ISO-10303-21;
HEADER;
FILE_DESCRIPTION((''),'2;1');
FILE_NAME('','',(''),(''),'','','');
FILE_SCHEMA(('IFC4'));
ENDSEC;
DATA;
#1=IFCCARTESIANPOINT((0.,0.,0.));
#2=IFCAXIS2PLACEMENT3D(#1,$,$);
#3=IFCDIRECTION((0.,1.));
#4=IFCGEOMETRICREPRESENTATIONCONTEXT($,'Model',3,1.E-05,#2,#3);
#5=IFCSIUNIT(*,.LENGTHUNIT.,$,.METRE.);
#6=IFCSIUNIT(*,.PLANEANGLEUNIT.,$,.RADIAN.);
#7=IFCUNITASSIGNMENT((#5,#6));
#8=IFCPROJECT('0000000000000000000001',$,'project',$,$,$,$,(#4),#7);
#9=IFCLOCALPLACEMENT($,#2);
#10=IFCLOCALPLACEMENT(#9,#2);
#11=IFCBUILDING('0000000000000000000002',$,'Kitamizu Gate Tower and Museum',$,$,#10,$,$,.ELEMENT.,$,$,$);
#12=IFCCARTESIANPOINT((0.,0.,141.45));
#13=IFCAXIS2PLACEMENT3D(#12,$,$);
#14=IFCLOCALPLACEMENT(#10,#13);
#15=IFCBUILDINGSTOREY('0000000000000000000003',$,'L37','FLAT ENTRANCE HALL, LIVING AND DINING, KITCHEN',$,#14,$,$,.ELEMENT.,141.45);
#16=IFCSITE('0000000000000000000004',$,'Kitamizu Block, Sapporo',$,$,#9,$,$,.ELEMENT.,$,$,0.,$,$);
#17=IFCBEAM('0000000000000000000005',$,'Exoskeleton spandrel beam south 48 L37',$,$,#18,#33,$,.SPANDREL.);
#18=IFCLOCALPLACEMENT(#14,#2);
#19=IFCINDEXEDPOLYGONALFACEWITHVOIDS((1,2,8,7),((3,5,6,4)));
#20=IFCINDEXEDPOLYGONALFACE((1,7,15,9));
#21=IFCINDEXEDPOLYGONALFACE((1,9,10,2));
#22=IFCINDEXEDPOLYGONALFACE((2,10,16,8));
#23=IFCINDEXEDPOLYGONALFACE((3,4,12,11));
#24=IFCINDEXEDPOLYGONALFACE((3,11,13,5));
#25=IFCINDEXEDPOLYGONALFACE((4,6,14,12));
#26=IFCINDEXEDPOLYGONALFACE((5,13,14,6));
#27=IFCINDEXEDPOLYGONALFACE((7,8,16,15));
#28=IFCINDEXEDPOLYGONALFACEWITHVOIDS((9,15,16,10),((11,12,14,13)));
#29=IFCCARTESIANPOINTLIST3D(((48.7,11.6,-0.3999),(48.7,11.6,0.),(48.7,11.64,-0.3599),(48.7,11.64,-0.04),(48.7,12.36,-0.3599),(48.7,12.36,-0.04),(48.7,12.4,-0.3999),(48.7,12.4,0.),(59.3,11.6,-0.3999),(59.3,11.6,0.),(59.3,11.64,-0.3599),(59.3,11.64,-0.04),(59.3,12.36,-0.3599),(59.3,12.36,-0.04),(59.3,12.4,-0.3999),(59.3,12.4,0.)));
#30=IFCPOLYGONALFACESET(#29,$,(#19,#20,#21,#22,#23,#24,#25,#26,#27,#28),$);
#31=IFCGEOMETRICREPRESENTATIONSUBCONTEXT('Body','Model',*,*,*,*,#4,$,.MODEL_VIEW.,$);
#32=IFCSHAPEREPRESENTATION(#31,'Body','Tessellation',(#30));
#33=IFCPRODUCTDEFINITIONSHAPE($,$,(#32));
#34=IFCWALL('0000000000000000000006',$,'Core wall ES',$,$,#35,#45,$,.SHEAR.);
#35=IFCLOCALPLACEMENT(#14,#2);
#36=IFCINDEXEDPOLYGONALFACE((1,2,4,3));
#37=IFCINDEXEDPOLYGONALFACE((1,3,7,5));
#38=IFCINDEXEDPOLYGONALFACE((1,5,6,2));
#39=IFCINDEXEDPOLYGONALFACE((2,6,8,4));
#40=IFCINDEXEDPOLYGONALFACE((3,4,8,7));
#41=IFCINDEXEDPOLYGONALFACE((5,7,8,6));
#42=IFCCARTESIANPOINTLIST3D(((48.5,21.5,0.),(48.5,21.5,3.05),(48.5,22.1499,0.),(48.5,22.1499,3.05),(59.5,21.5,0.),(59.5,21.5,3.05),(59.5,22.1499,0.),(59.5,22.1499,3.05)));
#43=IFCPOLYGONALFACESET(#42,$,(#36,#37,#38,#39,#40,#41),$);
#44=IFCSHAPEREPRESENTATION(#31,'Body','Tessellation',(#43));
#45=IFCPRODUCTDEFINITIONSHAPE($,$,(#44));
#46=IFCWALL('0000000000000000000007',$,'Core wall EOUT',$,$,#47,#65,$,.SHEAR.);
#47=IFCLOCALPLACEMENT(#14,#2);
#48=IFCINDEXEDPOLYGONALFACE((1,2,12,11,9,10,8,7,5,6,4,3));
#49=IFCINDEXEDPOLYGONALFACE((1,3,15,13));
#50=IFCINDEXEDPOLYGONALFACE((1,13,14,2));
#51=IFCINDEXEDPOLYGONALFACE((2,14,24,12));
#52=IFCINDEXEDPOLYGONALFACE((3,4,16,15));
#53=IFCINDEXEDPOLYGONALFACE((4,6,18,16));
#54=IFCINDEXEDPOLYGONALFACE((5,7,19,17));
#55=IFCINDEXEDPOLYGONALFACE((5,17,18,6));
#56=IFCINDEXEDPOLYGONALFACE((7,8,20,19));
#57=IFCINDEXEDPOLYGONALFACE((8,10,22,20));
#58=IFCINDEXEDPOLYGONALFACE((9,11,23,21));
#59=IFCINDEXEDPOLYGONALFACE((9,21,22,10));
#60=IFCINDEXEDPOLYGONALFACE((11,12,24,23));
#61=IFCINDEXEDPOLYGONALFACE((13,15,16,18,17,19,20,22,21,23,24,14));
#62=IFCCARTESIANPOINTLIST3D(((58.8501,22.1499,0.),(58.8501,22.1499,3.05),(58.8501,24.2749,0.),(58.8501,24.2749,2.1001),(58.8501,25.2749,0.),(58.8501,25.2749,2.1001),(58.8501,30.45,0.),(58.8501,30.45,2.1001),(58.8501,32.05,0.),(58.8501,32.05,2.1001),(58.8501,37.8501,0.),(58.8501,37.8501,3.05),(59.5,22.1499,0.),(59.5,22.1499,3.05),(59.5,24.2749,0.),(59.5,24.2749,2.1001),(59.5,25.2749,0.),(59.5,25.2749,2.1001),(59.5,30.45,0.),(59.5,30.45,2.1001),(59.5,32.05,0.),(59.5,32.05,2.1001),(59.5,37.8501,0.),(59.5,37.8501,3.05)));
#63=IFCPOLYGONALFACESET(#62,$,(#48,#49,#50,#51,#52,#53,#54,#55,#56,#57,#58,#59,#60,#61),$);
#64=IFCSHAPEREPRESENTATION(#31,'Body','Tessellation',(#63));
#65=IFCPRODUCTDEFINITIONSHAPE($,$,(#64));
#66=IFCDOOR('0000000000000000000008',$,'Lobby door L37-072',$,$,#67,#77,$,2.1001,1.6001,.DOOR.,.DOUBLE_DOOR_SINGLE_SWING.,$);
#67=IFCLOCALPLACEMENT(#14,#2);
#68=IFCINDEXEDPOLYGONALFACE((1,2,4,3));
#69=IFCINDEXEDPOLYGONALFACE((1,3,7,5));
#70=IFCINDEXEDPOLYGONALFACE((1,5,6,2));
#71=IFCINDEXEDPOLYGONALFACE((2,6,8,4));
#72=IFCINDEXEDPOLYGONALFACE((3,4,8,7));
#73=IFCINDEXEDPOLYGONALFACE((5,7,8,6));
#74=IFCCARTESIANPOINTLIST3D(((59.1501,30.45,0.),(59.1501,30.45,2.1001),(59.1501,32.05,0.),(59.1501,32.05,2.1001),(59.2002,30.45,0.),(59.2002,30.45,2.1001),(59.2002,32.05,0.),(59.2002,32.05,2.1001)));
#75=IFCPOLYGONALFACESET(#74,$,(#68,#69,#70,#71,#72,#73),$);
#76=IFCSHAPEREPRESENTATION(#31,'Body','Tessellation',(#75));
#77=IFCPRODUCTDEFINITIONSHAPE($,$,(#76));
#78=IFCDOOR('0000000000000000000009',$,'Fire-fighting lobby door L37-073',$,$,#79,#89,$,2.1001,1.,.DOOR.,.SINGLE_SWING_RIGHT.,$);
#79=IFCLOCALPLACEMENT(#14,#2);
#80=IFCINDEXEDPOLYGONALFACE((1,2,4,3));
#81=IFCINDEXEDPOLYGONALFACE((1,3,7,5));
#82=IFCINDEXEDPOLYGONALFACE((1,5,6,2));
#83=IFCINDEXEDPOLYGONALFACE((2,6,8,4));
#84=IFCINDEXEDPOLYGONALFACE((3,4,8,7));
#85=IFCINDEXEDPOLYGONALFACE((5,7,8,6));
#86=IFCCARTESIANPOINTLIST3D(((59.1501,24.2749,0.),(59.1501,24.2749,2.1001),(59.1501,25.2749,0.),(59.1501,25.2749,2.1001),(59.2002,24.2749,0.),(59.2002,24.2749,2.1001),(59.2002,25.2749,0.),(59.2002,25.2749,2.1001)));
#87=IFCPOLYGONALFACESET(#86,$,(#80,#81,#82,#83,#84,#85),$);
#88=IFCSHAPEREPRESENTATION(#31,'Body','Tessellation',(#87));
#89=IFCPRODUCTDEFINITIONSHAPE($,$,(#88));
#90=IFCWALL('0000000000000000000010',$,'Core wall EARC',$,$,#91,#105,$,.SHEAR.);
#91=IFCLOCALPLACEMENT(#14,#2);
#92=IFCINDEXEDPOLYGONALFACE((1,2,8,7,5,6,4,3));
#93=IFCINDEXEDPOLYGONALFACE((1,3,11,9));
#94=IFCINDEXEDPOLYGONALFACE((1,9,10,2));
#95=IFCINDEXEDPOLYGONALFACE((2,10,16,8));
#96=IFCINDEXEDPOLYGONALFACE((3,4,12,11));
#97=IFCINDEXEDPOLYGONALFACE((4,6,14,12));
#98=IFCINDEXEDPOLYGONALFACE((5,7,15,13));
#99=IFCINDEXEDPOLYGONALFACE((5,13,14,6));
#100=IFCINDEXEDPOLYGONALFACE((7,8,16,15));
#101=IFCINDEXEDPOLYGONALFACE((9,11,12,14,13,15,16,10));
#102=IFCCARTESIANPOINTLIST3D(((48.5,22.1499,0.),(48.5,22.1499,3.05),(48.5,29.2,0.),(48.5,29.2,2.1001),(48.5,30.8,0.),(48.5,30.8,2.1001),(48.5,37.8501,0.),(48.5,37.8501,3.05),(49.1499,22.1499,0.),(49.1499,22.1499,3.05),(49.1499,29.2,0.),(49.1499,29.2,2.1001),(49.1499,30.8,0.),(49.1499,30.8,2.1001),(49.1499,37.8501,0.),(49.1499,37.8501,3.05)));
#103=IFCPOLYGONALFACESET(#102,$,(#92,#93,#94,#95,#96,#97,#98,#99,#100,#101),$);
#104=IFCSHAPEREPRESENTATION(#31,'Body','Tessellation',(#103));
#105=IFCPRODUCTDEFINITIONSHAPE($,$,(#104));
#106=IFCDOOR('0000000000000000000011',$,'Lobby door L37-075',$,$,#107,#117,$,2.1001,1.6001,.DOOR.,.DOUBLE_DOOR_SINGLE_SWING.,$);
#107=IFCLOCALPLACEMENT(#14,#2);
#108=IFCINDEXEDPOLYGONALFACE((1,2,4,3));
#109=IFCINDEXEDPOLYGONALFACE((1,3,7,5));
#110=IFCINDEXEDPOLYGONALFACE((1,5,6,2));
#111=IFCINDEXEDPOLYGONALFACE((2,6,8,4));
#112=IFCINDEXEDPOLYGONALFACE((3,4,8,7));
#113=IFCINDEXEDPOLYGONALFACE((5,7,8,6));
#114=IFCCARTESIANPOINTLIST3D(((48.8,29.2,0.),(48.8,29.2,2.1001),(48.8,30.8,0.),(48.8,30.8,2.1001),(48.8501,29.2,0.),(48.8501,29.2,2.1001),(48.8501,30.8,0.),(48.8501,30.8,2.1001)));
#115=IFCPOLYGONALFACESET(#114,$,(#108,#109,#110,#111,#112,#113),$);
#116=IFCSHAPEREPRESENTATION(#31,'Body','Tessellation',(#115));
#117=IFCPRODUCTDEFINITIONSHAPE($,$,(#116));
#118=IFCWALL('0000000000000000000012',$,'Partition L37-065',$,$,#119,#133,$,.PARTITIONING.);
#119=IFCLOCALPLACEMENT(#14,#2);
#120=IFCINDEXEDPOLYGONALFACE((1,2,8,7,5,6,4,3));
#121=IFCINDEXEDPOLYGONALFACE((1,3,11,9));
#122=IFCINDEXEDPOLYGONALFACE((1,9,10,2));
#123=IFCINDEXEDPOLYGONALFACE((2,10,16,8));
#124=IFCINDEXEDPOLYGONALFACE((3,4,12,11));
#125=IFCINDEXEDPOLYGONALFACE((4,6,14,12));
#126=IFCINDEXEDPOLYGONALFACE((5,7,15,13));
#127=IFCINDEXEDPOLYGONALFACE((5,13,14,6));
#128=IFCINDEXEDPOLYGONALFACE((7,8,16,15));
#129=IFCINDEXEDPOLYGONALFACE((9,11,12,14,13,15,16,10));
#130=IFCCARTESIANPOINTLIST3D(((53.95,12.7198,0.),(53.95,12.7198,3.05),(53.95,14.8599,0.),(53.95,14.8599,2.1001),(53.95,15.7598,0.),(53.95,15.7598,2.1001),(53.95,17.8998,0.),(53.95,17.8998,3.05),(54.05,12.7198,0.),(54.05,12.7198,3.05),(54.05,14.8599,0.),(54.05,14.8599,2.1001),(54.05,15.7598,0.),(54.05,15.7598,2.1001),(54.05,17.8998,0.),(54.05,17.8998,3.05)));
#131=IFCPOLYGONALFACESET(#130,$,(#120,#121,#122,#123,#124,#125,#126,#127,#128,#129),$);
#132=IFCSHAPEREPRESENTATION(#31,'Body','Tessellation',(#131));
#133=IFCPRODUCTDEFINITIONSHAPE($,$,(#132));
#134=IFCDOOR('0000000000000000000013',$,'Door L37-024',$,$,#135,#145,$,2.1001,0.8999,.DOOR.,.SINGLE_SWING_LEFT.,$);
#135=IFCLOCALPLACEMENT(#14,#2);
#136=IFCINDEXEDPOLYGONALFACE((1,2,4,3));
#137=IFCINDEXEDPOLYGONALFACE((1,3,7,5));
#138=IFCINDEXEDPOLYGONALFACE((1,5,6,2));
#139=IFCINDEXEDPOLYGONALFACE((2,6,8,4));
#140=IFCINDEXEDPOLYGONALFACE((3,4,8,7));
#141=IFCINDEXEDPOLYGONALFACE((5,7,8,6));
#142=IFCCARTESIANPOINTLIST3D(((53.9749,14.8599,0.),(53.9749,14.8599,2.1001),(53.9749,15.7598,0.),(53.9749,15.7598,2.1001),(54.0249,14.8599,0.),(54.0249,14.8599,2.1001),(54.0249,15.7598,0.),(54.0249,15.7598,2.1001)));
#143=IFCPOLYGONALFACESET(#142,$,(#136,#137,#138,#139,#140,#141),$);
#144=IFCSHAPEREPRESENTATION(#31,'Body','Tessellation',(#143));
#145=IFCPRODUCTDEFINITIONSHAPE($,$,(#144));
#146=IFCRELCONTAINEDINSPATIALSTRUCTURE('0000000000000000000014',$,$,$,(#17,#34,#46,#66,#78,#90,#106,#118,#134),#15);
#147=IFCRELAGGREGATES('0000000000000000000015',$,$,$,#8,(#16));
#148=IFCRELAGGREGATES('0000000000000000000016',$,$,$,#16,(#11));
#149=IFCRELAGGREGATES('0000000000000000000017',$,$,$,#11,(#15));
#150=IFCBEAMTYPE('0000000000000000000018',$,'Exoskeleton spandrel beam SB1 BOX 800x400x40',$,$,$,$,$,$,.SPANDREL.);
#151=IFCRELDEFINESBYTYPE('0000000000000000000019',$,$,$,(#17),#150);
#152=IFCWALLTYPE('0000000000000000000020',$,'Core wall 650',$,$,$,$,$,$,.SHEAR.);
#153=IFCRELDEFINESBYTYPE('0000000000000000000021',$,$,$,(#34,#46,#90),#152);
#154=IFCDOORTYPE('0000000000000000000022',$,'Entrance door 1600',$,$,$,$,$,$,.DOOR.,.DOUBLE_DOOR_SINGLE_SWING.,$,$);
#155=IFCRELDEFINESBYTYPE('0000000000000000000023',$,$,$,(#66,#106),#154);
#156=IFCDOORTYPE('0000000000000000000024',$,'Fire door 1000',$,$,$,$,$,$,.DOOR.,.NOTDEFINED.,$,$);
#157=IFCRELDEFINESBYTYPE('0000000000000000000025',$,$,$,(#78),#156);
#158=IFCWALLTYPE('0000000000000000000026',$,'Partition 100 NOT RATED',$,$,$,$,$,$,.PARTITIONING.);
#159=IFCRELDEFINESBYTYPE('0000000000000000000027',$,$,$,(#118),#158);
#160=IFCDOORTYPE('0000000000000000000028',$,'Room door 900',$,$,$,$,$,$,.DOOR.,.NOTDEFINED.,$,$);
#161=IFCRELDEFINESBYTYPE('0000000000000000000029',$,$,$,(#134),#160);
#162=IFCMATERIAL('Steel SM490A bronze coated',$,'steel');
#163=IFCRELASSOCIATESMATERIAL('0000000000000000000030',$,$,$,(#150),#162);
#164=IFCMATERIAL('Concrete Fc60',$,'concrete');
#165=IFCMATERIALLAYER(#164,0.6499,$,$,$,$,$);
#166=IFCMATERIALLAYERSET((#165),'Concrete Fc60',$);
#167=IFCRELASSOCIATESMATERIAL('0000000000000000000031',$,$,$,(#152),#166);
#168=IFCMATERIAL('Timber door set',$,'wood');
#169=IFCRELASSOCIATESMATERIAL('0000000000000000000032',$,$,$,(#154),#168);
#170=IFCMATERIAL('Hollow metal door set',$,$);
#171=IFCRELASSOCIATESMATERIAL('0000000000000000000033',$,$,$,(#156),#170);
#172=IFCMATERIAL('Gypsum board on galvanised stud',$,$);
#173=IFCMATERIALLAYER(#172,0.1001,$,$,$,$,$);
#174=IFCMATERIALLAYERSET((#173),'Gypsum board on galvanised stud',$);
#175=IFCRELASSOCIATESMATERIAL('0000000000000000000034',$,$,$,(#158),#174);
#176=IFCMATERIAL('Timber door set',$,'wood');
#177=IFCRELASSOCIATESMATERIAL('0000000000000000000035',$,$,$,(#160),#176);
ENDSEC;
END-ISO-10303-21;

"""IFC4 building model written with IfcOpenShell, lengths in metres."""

from ifc_helpers import new_model, si_unit, direction, frame, frame_2d, origin, origin_2d, place, context, subcontext, project, spatial, rectangle, hollow_rectangle, extrude, material, layer, layer_set, material_profile, profile_set, type_object, element, fill, save


model = new_model("IFC4")

# Units and contexts
model_context = context("Model", 3, precision=1e-05, world=origin(), true_north=direction((0.0, 1.0)))
body_context = subcontext(model_context, "Body", "Model", "MODEL_VIEW")
ifc_project = project(units=[si_unit("LENGTHUNIT", "METRE"), si_unit("PLANEANGLEUNIT", "RADIAN")], contexts=[model_context])

# Site, building, storey
site_placement = place(None, origin())
site = spatial("IfcSite", under=ifc_project, at=site_placement, Name="Kitamizu Block, Sapporo", CompositionType="ELEMENT", RefElevation=0.0)
building_placement = place(site_placement, origin())
building = spatial("IfcBuilding", under=site, at=building_placement, Name="Kitamizu Gate Tower and Museum", CompositionType="ELEMENT")
storey_placement = place(building_placement, frame((0.0, 0.0, 141.45)))
storey = spatial("IfcBuildingStorey", under=building, at=storey_placement, Name="L37", Description="FLAT ENTRANCE HALL, LIVING AND DINING, KITCHEN", CompositionType="ELEMENT", Elevation=141.45)

# Beam
ifc_material_1 = material(Name="Steel SM490A bronze coated", Category="steel")
ifc_material_profile = material_profile(ifc_material_1, hollow_rectangle(XDim=0.8, YDim=0.3999, WallThickness=0.04, at=origin_2d()), Name="BOX 800x400x40")
ifc_profile_set = profile_set([ifc_material_profile], Name="Steel SM490A bronze coated")
beam_type = type_object("IfcBeamType", Name="Exoskeleton spandrel beam SB1 BOX 800x400x40", PredefinedType="SPANDREL", material=ifc_profile_set)
beam_placement = place(storey_placement, frame((48.7, 12.0, -0.2), z_axis=(1.0, 0.0, 0.0), x_axis=(0.0, 1.0, 0.0)))
element("IfcBeam", 1, at=beam_placement, inside=storey, type_object=beam_type, Name="Exoskeleton spandrel beam south 48 L37", PredefinedType="SPANDREL", context=body_context, shape_type="SweptSolid", body=[
    extrude(hollow_rectangle(XDim=0.8, YDim=0.3999, WallThickness=0.04, at=origin_2d()), origin(), (0.0, 0.0, 1.0), 10.6001),
])

# Wall
ifc_material_2 = material(Name="Concrete Fc60", Category="concrete")
ifc_layer_1 = layer(ifc_material_2, 0.6499)
ifc_layer_set_1 = layer_set([ifc_layer_1], Name="Concrete Fc60")
wall_type_1 = type_object("IfcWallType", Name="Core wall 650", PredefinedType="SHEAR", material=ifc_layer_set_1)
wall_1_placement = place(storey_placement, frame((59.5, 21.825, 0.0), z_axis=(0.0, 0.0, 1.0), x_axis=(-1.0, 0.0, 0.0)))
element("IfcWall", 2, at=wall_1_placement, inside=storey, type_object=wall_type_1, Name="Core wall ES", PredefinedType="SHEAR", context=body_context, shape_type="SweptSolid", body=[
    extrude(rectangle(XDim=11.0, YDim=0.6499, at=frame_2d((5.5, 0.0))), origin(), (0.0, 0.0, 1.0), 3.05),
])

# Wall, openings, doors
wall_2_placement = place(storey_placement, frame((59.175, 22.1499, 0.0), z_axis=(0.0, 0.0, 1.0), x_axis=(0.0, 1.0, 0.0)))
wall_2 = element("IfcWall", 3, at=wall_2_placement, inside=storey, type_object=wall_type_1, Name="Core wall EOUT", PredefinedType="SHEAR", context=body_context, shape_type="SweptSolid", body=[
    extrude(rectangle(XDim=15.7002, YDim=0.6499, at=frame_2d((7.8501, 0.0))), origin(), (0.0, 0.0, 1.0), 3.05),
])
opening_1_placement = place(wall_2_placement, frame((8.3, 0.0, 0.0)))
opening_1 = element("IfcOpeningElement", 4, at=opening_1_placement, cuts=wall_2, PredefinedType="OPENING", context=body_context, shape_type="SweptSolid", body=[
    extrude(rectangle(XDim=1.6001, YDim=2.1001, at=frame_2d((0.8, 1.05))), frame((0.0, 0.335, 0.0), z_axis=(0.0, -1.0, 0.0), x_axis=(1.0, 0.0, 0.0)), (0.0, 0.0, 1.0), 0.6699),
])
opening_2_placement = place(wall_2_placement, frame((2.125, 0.0, 0.0)))
opening_2 = element("IfcOpeningElement", 5, at=opening_2_placement, cuts=wall_2, PredefinedType="OPENING", context=body_context, shape_type="SweptSolid", body=[
    extrude(rectangle(XDim=1.0, YDim=2.1001, at=frame_2d((0.5, 1.05))), frame((0.0, 0.335, 0.0), z_axis=(0.0, -1.0, 0.0), x_axis=(1.0, 0.0, 0.0)), (0.0, 0.0, 1.0), 0.6699),
])
ifc_material_3 = material(Name="Timber door set", Category="wood")
door_type_1 = type_object("IfcDoorType", Name="Entrance door 1600", OperationType="DOUBLE_DOOR_SINGLE_SWING", PredefinedType="DOOR", material=ifc_material_3)
door_1_placement = place(opening_1_placement, origin())
door_1 = element("IfcDoor", 6, at=door_1_placement, inside=storey, type_object=door_type_1, Name="Lobby door L37-072", OperationType="DOUBLE_DOOR_SINGLE_SWING", OverallHeight=2.1001, OverallWidth=1.6001, PredefinedType="DOOR", context=body_context, shape_type="SweptSolid", body=[
    extrude(rectangle(XDim=1.6001, YDim=2.1001, at=frame_2d((0.8, 1.05))), frame((0.0, 0.0249, 0.0), z_axis=(0.0, -1.0, 0.0), x_axis=(1.0, 0.0, 0.0)), (0.0, 0.0, 1.0), 0.05),
])
fill(opening_1, door_1)
ifc_material_4 = material(Name="Hollow metal door set")
door_type_2 = type_object("IfcDoorType", Name="Fire door 1000", OperationType="NOTDEFINED", PredefinedType="DOOR", material=ifc_material_4)
door_2_placement = place(opening_2_placement, origin())
door_2 = element("IfcDoor", 7, at=door_2_placement, inside=storey, type_object=door_type_2, Name="Fire-fighting lobby door L37-073", OperationType="SINGLE_SWING_RIGHT", OverallHeight=2.1001, OverallWidth=1.0, PredefinedType="DOOR", context=body_context, shape_type="SweptSolid", body=[
    extrude(rectangle(XDim=1.0, YDim=2.1001, at=frame_2d((0.5, 1.05))), frame((0.0, 0.0249, 0.0), z_axis=(0.0, -1.0, 0.0), x_axis=(1.0, 0.0, 0.0)), (0.0, 0.0, 1.0), 0.05),
])
fill(opening_2, door_2)

# Walls, openings, doors
wall_3_placement = place(storey_placement, frame((48.825, 22.1499, 0.0), z_axis=(0.0, 0.0, 1.0), x_axis=(0.0, 1.0, 0.0)))
wall_3 = element("IfcWall", 8, at=wall_3_placement, inside=storey, type_object=wall_type_1, Name="Core wall EARC", PredefinedType="SHEAR", context=body_context, shape_type="SweptSolid", body=[
    extrude(rectangle(XDim=15.7002, YDim=0.6499, at=frame_2d((7.8501, 0.0))), origin(), (0.0, 0.0, 1.0), 3.05),
])
opening_3_placement = place(wall_3_placement, frame((7.05, 0.0, 0.0)))
opening_3 = element("IfcOpeningElement", 9, at=opening_3_placement, cuts=wall_3, PredefinedType="OPENING", context=body_context, shape_type="SweptSolid", body=[
    extrude(rectangle(XDim=1.6001, YDim=2.1001, at=frame_2d((0.8, 1.05))), frame((0.0, 0.335, 0.0), z_axis=(0.0, -1.0, 0.0), x_axis=(1.0, 0.0, 0.0)), (0.0, 0.0, 1.0), 0.6699),
])
door_3_placement = place(opening_3_placement, origin())
door_3 = element("IfcDoor", 10, at=door_3_placement, inside=storey, type_object=door_type_1, Name="Lobby door L37-075", OperationType="DOUBLE_DOOR_SINGLE_SWING", OverallHeight=2.1001, OverallWidth=1.6001, PredefinedType="DOOR", context=body_context, shape_type="SweptSolid", body=[
    extrude(rectangle(XDim=1.6001, YDim=2.1001, at=frame_2d((0.8, 1.05))), frame((0.0, 0.0249, 0.0), z_axis=(0.0, -1.0, 0.0), x_axis=(1.0, 0.0, 0.0)), (0.0, 0.0, 1.0), 0.05),
])
fill(opening_3, door_3)
ifc_material_5 = material(Name="Gypsum board on galvanised stud")
ifc_layer_2 = layer(ifc_material_5, 0.1001)
ifc_layer_set_2 = layer_set([ifc_layer_2], Name="Gypsum board on galvanised stud")
wall_type_2 = type_object("IfcWallType", Name="Partition 100 NOT RATED", PredefinedType="PARTITIONING", material=ifc_layer_set_2)
wall_4_placement = place(storey_placement, frame((54.0, 12.72, 0.0), z_axis=(0.0, 0.0, 1.0), x_axis=(0.0, 1.0, 0.0)))
wall_4 = element("IfcWall", 11, at=wall_4_placement, inside=storey, type_object=wall_type_2, Name="Partition L37-065", PredefinedType="PARTITIONING", context=body_context, shape_type="SweptSolid", body=[
    extrude(rectangle(XDim=5.1799, YDim=0.1001, at=frame_2d((2.5898, 0.0))), origin(), (0.0, 0.0, 1.0), 3.05),
])
opening_4_placement = place(wall_4_placement, frame((2.1399, 0.0, 0.0)))
opening_4 = element("IfcOpeningElement", 12, at=opening_4_placement, cuts=wall_4, PredefinedType="OPENING", context=body_context, shape_type="SweptSolid", body=[
    extrude(rectangle(XDim=0.8999, YDim=2.1001, at=frame_2d((0.45, 1.05))), frame((0.0, 0.0601, 0.0), z_axis=(0.0, -1.0, 0.0), x_axis=(1.0, 0.0, 0.0)), (0.0, 0.0, 1.0), 0.1201),
])
ifc_material_6 = material(Name="Timber door set", Category="wood")
door_type_3 = type_object("IfcDoorType", Name="Room door 900", OperationType="NOTDEFINED", PredefinedType="DOOR", material=ifc_material_6)
door_4_placement = place(opening_4_placement, frame((0.8999, 0.0, 0.0), x_axis=(-1.0, 0.0, 0.0)))
door_4 = element("IfcDoor", 13, at=door_4_placement, inside=storey, type_object=door_type_3, Name="Door L37-024", OperationType="SINGLE_SWING_LEFT", OverallHeight=2.1001, OverallWidth=0.8999, PredefinedType="DOOR", context=body_context, shape_type="SweptSolid", body=[
    extrude(rectangle(XDim=0.8999, YDim=2.1001, at=frame_2d((0.45, 1.05))), frame((0.0, 0.0249, 0.0), z_axis=(0.0, -1.0, 0.0), x_axis=(1.0, 0.0, 0.0)), (0.0, 0.0, 1.0), 0.05),
])
fill(opening_4, door_4)

save(model, "model.ifc")
